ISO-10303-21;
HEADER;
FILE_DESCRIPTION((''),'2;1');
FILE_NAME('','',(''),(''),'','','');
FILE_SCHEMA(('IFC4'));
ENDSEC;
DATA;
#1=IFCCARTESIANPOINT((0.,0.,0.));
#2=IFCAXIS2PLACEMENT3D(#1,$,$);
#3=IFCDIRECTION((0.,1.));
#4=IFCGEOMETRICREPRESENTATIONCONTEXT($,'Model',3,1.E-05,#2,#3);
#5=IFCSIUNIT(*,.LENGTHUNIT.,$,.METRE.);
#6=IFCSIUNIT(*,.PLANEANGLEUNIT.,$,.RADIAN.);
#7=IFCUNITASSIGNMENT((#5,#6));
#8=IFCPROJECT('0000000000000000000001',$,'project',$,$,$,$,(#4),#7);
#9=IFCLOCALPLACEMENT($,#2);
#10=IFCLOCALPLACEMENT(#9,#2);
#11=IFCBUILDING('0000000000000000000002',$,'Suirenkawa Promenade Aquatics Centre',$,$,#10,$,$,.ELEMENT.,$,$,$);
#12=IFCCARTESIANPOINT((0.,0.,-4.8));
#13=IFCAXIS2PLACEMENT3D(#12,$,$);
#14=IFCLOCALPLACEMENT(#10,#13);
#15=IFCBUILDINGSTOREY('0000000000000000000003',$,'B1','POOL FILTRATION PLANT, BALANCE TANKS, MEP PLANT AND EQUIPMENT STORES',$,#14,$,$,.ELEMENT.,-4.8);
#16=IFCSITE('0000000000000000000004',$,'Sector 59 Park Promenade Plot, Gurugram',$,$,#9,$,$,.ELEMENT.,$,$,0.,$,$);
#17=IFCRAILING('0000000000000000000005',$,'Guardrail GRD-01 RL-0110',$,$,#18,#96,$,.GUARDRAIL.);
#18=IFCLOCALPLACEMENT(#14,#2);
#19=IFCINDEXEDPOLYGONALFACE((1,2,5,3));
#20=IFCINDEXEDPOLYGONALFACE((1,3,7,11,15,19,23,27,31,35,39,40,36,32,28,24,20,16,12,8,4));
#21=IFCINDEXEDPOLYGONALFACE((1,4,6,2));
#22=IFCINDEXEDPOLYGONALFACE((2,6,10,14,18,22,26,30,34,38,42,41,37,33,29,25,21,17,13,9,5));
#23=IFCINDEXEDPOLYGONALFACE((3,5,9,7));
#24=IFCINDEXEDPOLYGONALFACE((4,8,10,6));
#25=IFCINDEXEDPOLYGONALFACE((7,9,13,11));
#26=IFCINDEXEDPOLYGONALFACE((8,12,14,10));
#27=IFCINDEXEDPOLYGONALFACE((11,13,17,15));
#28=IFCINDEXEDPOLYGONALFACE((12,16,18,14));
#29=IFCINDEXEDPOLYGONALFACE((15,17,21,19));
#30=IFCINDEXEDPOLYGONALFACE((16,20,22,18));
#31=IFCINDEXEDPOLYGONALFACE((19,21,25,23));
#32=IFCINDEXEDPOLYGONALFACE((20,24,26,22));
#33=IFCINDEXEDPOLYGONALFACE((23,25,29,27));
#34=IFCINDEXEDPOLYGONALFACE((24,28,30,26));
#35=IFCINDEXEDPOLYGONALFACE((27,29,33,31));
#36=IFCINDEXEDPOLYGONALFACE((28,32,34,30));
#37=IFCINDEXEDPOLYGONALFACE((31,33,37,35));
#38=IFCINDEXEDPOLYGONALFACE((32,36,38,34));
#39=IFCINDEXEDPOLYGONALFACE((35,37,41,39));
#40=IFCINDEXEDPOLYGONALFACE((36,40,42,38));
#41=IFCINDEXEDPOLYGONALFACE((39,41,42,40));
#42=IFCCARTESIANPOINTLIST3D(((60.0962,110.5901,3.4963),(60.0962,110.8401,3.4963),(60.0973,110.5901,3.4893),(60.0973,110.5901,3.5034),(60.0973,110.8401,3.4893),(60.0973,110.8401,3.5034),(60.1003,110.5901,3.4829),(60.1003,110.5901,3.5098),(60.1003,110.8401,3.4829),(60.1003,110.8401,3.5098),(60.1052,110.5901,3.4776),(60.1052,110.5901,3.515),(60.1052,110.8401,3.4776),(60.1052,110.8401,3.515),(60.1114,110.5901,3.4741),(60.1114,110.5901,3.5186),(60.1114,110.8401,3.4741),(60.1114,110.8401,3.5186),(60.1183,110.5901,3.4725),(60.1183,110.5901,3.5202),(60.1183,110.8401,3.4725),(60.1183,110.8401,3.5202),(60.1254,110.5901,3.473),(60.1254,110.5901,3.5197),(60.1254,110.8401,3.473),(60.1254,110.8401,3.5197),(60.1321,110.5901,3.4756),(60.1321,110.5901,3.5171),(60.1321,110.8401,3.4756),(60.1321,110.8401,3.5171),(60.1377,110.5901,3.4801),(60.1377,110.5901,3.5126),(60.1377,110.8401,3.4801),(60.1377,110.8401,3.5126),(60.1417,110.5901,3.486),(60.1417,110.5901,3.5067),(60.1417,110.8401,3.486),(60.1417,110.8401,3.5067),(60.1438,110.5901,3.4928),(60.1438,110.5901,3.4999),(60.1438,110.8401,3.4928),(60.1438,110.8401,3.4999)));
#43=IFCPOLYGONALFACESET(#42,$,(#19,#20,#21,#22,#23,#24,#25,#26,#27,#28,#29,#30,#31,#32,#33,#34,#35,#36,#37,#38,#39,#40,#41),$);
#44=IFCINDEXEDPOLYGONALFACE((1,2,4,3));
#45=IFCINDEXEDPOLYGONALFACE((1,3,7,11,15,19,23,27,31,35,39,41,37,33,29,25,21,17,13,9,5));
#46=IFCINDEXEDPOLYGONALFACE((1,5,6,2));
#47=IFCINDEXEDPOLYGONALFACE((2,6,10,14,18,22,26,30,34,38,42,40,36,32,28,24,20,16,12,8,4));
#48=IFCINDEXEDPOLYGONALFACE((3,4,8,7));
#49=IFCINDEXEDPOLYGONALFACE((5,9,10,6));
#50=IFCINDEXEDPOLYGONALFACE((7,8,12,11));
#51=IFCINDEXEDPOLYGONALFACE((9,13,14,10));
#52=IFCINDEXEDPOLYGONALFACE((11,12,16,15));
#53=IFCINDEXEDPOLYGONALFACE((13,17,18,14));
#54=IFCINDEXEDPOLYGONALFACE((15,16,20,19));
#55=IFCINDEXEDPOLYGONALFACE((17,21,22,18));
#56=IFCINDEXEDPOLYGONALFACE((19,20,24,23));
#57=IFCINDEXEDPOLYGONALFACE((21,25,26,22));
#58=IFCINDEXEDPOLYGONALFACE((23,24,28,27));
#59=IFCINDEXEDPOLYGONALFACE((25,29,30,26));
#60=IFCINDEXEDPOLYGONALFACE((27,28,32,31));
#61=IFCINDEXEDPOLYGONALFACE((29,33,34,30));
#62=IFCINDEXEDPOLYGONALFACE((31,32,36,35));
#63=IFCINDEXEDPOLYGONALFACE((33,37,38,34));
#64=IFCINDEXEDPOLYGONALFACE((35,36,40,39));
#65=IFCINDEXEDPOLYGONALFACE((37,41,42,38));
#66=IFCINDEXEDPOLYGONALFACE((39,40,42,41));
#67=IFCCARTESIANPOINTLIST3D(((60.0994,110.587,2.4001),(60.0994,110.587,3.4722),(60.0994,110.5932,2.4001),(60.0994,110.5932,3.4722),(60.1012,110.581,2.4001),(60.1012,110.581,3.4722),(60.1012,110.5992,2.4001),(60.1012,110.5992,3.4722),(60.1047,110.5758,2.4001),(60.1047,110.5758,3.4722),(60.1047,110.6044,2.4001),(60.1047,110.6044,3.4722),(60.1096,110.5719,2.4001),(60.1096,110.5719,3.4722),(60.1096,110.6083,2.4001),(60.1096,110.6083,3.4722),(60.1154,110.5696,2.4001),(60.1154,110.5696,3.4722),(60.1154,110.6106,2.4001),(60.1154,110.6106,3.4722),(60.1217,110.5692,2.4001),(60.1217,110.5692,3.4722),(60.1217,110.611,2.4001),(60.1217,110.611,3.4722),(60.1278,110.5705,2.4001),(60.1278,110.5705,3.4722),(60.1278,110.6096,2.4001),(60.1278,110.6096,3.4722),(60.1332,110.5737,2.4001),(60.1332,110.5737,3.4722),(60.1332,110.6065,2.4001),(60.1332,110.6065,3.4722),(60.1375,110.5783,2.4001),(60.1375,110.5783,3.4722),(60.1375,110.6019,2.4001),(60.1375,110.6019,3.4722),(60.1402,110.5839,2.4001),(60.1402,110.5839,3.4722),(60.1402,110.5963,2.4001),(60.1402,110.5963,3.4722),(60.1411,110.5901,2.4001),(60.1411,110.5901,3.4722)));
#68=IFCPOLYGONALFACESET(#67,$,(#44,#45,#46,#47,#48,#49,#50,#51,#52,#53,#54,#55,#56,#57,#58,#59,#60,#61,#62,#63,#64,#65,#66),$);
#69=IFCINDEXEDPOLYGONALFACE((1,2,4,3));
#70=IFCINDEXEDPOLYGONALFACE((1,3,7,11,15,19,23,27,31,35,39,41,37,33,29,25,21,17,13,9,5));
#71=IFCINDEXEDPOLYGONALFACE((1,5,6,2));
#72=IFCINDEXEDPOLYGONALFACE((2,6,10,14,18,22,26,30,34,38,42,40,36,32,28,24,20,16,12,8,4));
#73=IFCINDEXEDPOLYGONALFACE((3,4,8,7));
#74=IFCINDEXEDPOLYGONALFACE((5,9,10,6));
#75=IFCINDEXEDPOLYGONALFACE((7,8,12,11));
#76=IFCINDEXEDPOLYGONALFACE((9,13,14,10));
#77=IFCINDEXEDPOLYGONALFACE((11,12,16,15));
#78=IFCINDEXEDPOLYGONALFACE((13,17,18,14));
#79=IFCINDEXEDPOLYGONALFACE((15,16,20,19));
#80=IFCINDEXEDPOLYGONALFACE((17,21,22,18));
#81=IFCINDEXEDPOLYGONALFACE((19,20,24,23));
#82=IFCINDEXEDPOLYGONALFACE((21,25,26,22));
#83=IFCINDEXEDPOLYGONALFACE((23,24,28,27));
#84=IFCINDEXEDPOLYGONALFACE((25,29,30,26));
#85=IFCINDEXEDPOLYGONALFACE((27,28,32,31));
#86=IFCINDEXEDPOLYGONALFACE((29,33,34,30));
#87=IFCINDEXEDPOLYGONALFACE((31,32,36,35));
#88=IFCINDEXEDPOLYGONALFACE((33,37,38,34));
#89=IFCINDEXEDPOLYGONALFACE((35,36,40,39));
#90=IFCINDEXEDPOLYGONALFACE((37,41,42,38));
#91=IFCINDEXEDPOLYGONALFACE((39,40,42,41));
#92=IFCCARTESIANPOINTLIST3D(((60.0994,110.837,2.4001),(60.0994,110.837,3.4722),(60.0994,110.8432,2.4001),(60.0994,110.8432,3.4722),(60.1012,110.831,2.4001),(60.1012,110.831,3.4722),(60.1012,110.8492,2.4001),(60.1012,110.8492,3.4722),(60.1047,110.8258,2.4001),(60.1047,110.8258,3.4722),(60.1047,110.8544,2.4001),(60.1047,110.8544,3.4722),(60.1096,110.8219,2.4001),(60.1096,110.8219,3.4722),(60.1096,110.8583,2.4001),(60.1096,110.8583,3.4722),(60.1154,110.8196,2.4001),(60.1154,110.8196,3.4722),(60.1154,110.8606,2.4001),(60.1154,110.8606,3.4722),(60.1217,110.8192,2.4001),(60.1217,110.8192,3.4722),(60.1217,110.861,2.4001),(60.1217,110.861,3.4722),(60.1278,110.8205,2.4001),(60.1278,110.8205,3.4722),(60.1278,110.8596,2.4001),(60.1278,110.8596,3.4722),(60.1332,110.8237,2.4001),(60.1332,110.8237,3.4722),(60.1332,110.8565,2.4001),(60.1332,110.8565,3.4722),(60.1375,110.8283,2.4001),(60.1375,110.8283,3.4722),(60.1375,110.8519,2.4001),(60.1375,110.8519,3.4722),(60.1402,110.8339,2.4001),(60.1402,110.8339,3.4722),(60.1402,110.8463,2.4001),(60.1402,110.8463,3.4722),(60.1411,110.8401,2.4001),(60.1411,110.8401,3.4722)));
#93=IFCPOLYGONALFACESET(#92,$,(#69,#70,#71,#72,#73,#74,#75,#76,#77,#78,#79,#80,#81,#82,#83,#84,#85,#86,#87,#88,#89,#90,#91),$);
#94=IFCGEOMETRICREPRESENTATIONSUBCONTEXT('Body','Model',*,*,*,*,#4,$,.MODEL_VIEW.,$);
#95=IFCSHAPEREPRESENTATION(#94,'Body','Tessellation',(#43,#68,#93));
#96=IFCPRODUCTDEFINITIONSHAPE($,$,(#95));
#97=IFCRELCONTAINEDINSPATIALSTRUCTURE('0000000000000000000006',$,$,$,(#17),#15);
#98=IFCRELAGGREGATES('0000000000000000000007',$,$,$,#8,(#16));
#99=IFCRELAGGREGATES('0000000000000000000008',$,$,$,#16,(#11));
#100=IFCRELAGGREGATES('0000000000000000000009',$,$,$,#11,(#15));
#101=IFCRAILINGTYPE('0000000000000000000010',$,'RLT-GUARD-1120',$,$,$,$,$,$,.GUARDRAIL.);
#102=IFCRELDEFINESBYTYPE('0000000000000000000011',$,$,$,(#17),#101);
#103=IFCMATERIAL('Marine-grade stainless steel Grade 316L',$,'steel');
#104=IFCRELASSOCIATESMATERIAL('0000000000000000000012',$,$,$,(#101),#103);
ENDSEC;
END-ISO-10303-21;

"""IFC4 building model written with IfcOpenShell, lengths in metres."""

from ifc_helpers import new_model, si_unit, direction, frame, origin, origin_2d, place, context, subcontext, project, spatial, circle, extrude, material, type_object, element, save


model = new_model("IFC4")

# Units and contexts
model_context = context("Model", 3, precision=1e-05, world=origin(), true_north=direction((0.0, 1.0)))
body_context = subcontext(model_context, "Body", "Model", "MODEL_VIEW")
ifc_project = project(units=[si_unit("LENGTHUNIT", "METRE"), si_unit("PLANEANGLEUNIT", "RADIAN")], contexts=[model_context])

# Site, building, storey
site_placement = place(None, origin())
site = spatial("IfcSite", under=ifc_project, at=site_placement, Name="Sector 59 Park Promenade Plot, Gurugram", CompositionType="ELEMENT", RefElevation=0.0)
building_placement = place(site_placement, origin())
building = spatial("IfcBuilding", under=site, at=building_placement, Name="Suirenkawa Promenade Aquatics Centre", CompositionType="ELEMENT")
storey_placement = place(building_placement, frame((0.0, 0.0, -4.8)))
storey = spatial("IfcBuildingStorey", under=building, at=storey_placement, Name="B1", Description="POOL FILTRATION PLANT, BALANCE TANKS, MEP PLANT AND EQUIPMENT STORES", CompositionType="ELEMENT", Elevation=-4.8)

# Shared definitions
ifc_material_1 = material(Name="Marine-grade stainless steel Grade 316L", Category="steel")

# Railing
railing_type_1 = type_object("IfcRailingType", Name="RLT-GUARD-1120", PredefinedType="GUARDRAIL", material=ifc_material_1)
railing_1_placement = place(storey_placement, frame((60.1201, 110.5901, 2.4001)))
element("IfcRailing", 1, at=railing_1_placement, inside=storey, type_object=railing_type_1, Name="Guardrail GRD-01 RL-0110", PredefinedType="GUARDRAIL", context=body_context, shape_type="SweptSolid", body=[
    extrude(circle(Radius=0.0239, at=origin_2d()), frame((0.0, 0.0, 1.0962), z_axis=(0.0, 1.0, 0.0), x_axis=(-1.0, 0.0, 0.0)), (0.0, 0.0, 1.0), 0.25),
    extrude(circle(Radius=0.021, at=origin_2d()), origin(), (0.0, 0.0, 1.0), 1.072),
    extrude(circle(Radius=0.021, at=origin_2d()), frame((0.0, 0.25, 0.0)), (0.0, 0.0, 1.0), 1.072),
])

save(model, "model.ifc")
